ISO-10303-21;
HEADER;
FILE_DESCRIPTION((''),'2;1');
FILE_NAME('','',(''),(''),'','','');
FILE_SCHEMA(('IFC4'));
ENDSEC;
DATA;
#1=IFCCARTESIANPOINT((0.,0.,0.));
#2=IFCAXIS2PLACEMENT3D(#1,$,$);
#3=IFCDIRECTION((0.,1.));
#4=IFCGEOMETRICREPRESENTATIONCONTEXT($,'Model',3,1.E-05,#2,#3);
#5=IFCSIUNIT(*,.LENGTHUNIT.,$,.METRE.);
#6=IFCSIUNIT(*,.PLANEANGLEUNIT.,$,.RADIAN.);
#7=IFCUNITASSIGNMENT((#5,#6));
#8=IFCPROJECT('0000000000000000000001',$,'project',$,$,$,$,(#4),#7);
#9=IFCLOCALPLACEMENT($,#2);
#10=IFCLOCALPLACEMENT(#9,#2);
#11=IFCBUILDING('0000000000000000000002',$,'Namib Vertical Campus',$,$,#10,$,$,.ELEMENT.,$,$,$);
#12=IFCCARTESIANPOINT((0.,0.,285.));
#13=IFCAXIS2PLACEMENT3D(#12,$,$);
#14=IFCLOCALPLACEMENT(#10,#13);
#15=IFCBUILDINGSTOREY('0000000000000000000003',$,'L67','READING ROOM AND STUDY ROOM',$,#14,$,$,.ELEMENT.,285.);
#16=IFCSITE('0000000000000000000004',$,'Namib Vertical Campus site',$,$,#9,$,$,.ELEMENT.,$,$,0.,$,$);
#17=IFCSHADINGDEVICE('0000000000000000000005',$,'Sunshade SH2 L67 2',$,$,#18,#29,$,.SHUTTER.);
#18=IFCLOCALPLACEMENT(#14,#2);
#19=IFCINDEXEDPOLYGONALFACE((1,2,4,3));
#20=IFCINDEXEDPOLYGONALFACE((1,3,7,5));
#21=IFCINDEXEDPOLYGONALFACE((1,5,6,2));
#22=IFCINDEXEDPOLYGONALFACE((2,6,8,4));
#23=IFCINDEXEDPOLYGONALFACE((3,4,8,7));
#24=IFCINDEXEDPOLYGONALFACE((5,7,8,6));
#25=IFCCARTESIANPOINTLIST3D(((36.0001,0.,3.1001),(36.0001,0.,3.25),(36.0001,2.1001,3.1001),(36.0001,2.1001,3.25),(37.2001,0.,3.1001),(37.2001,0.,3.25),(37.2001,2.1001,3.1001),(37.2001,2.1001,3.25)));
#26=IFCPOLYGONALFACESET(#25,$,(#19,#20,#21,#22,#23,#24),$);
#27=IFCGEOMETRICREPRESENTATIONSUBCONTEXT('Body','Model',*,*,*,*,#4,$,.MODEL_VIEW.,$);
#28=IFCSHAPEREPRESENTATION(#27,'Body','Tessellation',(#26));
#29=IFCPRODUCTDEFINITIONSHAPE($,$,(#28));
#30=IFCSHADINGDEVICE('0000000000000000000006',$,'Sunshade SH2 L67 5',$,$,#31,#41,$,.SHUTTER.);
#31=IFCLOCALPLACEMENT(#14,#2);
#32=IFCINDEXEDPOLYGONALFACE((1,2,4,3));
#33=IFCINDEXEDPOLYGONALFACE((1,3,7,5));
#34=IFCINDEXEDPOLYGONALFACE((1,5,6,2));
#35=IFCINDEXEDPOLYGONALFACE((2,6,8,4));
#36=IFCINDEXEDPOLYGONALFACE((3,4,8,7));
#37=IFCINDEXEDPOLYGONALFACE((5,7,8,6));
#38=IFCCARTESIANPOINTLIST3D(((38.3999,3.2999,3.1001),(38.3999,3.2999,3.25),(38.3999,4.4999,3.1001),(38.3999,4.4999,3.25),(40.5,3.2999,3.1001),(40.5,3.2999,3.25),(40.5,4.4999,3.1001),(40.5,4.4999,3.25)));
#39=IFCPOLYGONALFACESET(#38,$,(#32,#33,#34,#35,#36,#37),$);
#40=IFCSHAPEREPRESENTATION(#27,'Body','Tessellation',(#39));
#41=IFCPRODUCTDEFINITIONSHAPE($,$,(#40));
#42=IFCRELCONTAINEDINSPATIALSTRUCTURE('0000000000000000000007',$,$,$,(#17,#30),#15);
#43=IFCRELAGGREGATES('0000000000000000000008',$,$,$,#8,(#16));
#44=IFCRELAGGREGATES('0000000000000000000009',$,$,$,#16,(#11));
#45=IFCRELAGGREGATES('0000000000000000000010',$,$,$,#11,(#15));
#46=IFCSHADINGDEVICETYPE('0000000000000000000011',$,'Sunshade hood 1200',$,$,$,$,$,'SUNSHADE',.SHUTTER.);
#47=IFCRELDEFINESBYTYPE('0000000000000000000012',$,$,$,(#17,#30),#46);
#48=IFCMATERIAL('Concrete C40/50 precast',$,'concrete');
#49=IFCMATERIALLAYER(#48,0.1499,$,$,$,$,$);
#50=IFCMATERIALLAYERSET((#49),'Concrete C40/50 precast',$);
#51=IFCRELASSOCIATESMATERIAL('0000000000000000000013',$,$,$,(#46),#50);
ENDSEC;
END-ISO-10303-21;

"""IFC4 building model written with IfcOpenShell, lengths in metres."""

from ifc_helpers import new_model, si_unit, direction, frame, origin, origin_2d, place, context, subcontext, project, spatial, rectangle, extrude, material, layer, layer_set, type_object, element, save


model = new_model("IFC4")

# Units and contexts
model_context = context("Model", 3, precision=1e-05, world=origin(), true_north=direction((0.0, 1.0)))
body_context = subcontext(model_context, "Body", "Model", "MODEL_VIEW")
ifc_project = project(units=[si_unit("LENGTHUNIT", "METRE"), si_unit("PLANEANGLEUNIT", "RADIAN")], contexts=[model_context])

# Site, building, storey
site_placement = place(None, origin())
site = spatial("IfcSite", under=ifc_project, at=site_placement, Name="Namib Vertical Campus site", CompositionType="ELEMENT", RefElevation=0.0)
building_placement = place(site_placement, origin())
building = spatial("IfcBuilding", under=site, at=building_placement, Name="Namib Vertical Campus", CompositionType="ELEMENT")
storey_placement = place(building_placement, frame((0.0, 0.0, 285.0)))
storey = spatial("IfcBuildingStorey", under=building, at=storey_placement, Name="L67", Description="READING ROOM AND STUDY ROOM", CompositionType="ELEMENT", Elevation=285.0)

# Shading devices
ifc_material_1 = material(Name="Concrete C40/50 precast", Category="concrete")
ifc_layer_1 = layer(ifc_material_1, 0.1499)
ifc_layer_set_1 = layer_set([ifc_layer_1], Name="Concrete C40/50 precast")
shading_device_type = type_object("IfcShadingDeviceType", Name="Sunshade hood 1200", ElementType="SUNSHADE", PredefinedType="SHUTTER", material=ifc_layer_set_1)
for number, where, z_axis, x_axis, name in (
    (1, (36.6001, 1.05, 3.1001), (0.0, 0.0, 1.0), (0.0, 1.0, 0.0), "Sunshade SH2 L67 2"),
    (2, (39.45, 3.8999, 3.1001), (0.0, 0.0, 1.0), (1.0, 0.0, 0.0), "Sunshade SH2 L67 5"),
):
    element("IfcShadingDevice", number, at=place(storey_placement, frame(where, z_axis=z_axis, x_axis=x_axis)), inside=storey, type_object=shading_device_type, Name=name, PredefinedType="SHUTTER", context=body_context, shape_type="SweptSolid", body=[
        extrude(rectangle(XDim=2.1001, YDim=1.2, at=origin_2d()), origin(), (0.0, 0.0, 1.0), 0.1499),
    ])

save(model, "model.ifc")
